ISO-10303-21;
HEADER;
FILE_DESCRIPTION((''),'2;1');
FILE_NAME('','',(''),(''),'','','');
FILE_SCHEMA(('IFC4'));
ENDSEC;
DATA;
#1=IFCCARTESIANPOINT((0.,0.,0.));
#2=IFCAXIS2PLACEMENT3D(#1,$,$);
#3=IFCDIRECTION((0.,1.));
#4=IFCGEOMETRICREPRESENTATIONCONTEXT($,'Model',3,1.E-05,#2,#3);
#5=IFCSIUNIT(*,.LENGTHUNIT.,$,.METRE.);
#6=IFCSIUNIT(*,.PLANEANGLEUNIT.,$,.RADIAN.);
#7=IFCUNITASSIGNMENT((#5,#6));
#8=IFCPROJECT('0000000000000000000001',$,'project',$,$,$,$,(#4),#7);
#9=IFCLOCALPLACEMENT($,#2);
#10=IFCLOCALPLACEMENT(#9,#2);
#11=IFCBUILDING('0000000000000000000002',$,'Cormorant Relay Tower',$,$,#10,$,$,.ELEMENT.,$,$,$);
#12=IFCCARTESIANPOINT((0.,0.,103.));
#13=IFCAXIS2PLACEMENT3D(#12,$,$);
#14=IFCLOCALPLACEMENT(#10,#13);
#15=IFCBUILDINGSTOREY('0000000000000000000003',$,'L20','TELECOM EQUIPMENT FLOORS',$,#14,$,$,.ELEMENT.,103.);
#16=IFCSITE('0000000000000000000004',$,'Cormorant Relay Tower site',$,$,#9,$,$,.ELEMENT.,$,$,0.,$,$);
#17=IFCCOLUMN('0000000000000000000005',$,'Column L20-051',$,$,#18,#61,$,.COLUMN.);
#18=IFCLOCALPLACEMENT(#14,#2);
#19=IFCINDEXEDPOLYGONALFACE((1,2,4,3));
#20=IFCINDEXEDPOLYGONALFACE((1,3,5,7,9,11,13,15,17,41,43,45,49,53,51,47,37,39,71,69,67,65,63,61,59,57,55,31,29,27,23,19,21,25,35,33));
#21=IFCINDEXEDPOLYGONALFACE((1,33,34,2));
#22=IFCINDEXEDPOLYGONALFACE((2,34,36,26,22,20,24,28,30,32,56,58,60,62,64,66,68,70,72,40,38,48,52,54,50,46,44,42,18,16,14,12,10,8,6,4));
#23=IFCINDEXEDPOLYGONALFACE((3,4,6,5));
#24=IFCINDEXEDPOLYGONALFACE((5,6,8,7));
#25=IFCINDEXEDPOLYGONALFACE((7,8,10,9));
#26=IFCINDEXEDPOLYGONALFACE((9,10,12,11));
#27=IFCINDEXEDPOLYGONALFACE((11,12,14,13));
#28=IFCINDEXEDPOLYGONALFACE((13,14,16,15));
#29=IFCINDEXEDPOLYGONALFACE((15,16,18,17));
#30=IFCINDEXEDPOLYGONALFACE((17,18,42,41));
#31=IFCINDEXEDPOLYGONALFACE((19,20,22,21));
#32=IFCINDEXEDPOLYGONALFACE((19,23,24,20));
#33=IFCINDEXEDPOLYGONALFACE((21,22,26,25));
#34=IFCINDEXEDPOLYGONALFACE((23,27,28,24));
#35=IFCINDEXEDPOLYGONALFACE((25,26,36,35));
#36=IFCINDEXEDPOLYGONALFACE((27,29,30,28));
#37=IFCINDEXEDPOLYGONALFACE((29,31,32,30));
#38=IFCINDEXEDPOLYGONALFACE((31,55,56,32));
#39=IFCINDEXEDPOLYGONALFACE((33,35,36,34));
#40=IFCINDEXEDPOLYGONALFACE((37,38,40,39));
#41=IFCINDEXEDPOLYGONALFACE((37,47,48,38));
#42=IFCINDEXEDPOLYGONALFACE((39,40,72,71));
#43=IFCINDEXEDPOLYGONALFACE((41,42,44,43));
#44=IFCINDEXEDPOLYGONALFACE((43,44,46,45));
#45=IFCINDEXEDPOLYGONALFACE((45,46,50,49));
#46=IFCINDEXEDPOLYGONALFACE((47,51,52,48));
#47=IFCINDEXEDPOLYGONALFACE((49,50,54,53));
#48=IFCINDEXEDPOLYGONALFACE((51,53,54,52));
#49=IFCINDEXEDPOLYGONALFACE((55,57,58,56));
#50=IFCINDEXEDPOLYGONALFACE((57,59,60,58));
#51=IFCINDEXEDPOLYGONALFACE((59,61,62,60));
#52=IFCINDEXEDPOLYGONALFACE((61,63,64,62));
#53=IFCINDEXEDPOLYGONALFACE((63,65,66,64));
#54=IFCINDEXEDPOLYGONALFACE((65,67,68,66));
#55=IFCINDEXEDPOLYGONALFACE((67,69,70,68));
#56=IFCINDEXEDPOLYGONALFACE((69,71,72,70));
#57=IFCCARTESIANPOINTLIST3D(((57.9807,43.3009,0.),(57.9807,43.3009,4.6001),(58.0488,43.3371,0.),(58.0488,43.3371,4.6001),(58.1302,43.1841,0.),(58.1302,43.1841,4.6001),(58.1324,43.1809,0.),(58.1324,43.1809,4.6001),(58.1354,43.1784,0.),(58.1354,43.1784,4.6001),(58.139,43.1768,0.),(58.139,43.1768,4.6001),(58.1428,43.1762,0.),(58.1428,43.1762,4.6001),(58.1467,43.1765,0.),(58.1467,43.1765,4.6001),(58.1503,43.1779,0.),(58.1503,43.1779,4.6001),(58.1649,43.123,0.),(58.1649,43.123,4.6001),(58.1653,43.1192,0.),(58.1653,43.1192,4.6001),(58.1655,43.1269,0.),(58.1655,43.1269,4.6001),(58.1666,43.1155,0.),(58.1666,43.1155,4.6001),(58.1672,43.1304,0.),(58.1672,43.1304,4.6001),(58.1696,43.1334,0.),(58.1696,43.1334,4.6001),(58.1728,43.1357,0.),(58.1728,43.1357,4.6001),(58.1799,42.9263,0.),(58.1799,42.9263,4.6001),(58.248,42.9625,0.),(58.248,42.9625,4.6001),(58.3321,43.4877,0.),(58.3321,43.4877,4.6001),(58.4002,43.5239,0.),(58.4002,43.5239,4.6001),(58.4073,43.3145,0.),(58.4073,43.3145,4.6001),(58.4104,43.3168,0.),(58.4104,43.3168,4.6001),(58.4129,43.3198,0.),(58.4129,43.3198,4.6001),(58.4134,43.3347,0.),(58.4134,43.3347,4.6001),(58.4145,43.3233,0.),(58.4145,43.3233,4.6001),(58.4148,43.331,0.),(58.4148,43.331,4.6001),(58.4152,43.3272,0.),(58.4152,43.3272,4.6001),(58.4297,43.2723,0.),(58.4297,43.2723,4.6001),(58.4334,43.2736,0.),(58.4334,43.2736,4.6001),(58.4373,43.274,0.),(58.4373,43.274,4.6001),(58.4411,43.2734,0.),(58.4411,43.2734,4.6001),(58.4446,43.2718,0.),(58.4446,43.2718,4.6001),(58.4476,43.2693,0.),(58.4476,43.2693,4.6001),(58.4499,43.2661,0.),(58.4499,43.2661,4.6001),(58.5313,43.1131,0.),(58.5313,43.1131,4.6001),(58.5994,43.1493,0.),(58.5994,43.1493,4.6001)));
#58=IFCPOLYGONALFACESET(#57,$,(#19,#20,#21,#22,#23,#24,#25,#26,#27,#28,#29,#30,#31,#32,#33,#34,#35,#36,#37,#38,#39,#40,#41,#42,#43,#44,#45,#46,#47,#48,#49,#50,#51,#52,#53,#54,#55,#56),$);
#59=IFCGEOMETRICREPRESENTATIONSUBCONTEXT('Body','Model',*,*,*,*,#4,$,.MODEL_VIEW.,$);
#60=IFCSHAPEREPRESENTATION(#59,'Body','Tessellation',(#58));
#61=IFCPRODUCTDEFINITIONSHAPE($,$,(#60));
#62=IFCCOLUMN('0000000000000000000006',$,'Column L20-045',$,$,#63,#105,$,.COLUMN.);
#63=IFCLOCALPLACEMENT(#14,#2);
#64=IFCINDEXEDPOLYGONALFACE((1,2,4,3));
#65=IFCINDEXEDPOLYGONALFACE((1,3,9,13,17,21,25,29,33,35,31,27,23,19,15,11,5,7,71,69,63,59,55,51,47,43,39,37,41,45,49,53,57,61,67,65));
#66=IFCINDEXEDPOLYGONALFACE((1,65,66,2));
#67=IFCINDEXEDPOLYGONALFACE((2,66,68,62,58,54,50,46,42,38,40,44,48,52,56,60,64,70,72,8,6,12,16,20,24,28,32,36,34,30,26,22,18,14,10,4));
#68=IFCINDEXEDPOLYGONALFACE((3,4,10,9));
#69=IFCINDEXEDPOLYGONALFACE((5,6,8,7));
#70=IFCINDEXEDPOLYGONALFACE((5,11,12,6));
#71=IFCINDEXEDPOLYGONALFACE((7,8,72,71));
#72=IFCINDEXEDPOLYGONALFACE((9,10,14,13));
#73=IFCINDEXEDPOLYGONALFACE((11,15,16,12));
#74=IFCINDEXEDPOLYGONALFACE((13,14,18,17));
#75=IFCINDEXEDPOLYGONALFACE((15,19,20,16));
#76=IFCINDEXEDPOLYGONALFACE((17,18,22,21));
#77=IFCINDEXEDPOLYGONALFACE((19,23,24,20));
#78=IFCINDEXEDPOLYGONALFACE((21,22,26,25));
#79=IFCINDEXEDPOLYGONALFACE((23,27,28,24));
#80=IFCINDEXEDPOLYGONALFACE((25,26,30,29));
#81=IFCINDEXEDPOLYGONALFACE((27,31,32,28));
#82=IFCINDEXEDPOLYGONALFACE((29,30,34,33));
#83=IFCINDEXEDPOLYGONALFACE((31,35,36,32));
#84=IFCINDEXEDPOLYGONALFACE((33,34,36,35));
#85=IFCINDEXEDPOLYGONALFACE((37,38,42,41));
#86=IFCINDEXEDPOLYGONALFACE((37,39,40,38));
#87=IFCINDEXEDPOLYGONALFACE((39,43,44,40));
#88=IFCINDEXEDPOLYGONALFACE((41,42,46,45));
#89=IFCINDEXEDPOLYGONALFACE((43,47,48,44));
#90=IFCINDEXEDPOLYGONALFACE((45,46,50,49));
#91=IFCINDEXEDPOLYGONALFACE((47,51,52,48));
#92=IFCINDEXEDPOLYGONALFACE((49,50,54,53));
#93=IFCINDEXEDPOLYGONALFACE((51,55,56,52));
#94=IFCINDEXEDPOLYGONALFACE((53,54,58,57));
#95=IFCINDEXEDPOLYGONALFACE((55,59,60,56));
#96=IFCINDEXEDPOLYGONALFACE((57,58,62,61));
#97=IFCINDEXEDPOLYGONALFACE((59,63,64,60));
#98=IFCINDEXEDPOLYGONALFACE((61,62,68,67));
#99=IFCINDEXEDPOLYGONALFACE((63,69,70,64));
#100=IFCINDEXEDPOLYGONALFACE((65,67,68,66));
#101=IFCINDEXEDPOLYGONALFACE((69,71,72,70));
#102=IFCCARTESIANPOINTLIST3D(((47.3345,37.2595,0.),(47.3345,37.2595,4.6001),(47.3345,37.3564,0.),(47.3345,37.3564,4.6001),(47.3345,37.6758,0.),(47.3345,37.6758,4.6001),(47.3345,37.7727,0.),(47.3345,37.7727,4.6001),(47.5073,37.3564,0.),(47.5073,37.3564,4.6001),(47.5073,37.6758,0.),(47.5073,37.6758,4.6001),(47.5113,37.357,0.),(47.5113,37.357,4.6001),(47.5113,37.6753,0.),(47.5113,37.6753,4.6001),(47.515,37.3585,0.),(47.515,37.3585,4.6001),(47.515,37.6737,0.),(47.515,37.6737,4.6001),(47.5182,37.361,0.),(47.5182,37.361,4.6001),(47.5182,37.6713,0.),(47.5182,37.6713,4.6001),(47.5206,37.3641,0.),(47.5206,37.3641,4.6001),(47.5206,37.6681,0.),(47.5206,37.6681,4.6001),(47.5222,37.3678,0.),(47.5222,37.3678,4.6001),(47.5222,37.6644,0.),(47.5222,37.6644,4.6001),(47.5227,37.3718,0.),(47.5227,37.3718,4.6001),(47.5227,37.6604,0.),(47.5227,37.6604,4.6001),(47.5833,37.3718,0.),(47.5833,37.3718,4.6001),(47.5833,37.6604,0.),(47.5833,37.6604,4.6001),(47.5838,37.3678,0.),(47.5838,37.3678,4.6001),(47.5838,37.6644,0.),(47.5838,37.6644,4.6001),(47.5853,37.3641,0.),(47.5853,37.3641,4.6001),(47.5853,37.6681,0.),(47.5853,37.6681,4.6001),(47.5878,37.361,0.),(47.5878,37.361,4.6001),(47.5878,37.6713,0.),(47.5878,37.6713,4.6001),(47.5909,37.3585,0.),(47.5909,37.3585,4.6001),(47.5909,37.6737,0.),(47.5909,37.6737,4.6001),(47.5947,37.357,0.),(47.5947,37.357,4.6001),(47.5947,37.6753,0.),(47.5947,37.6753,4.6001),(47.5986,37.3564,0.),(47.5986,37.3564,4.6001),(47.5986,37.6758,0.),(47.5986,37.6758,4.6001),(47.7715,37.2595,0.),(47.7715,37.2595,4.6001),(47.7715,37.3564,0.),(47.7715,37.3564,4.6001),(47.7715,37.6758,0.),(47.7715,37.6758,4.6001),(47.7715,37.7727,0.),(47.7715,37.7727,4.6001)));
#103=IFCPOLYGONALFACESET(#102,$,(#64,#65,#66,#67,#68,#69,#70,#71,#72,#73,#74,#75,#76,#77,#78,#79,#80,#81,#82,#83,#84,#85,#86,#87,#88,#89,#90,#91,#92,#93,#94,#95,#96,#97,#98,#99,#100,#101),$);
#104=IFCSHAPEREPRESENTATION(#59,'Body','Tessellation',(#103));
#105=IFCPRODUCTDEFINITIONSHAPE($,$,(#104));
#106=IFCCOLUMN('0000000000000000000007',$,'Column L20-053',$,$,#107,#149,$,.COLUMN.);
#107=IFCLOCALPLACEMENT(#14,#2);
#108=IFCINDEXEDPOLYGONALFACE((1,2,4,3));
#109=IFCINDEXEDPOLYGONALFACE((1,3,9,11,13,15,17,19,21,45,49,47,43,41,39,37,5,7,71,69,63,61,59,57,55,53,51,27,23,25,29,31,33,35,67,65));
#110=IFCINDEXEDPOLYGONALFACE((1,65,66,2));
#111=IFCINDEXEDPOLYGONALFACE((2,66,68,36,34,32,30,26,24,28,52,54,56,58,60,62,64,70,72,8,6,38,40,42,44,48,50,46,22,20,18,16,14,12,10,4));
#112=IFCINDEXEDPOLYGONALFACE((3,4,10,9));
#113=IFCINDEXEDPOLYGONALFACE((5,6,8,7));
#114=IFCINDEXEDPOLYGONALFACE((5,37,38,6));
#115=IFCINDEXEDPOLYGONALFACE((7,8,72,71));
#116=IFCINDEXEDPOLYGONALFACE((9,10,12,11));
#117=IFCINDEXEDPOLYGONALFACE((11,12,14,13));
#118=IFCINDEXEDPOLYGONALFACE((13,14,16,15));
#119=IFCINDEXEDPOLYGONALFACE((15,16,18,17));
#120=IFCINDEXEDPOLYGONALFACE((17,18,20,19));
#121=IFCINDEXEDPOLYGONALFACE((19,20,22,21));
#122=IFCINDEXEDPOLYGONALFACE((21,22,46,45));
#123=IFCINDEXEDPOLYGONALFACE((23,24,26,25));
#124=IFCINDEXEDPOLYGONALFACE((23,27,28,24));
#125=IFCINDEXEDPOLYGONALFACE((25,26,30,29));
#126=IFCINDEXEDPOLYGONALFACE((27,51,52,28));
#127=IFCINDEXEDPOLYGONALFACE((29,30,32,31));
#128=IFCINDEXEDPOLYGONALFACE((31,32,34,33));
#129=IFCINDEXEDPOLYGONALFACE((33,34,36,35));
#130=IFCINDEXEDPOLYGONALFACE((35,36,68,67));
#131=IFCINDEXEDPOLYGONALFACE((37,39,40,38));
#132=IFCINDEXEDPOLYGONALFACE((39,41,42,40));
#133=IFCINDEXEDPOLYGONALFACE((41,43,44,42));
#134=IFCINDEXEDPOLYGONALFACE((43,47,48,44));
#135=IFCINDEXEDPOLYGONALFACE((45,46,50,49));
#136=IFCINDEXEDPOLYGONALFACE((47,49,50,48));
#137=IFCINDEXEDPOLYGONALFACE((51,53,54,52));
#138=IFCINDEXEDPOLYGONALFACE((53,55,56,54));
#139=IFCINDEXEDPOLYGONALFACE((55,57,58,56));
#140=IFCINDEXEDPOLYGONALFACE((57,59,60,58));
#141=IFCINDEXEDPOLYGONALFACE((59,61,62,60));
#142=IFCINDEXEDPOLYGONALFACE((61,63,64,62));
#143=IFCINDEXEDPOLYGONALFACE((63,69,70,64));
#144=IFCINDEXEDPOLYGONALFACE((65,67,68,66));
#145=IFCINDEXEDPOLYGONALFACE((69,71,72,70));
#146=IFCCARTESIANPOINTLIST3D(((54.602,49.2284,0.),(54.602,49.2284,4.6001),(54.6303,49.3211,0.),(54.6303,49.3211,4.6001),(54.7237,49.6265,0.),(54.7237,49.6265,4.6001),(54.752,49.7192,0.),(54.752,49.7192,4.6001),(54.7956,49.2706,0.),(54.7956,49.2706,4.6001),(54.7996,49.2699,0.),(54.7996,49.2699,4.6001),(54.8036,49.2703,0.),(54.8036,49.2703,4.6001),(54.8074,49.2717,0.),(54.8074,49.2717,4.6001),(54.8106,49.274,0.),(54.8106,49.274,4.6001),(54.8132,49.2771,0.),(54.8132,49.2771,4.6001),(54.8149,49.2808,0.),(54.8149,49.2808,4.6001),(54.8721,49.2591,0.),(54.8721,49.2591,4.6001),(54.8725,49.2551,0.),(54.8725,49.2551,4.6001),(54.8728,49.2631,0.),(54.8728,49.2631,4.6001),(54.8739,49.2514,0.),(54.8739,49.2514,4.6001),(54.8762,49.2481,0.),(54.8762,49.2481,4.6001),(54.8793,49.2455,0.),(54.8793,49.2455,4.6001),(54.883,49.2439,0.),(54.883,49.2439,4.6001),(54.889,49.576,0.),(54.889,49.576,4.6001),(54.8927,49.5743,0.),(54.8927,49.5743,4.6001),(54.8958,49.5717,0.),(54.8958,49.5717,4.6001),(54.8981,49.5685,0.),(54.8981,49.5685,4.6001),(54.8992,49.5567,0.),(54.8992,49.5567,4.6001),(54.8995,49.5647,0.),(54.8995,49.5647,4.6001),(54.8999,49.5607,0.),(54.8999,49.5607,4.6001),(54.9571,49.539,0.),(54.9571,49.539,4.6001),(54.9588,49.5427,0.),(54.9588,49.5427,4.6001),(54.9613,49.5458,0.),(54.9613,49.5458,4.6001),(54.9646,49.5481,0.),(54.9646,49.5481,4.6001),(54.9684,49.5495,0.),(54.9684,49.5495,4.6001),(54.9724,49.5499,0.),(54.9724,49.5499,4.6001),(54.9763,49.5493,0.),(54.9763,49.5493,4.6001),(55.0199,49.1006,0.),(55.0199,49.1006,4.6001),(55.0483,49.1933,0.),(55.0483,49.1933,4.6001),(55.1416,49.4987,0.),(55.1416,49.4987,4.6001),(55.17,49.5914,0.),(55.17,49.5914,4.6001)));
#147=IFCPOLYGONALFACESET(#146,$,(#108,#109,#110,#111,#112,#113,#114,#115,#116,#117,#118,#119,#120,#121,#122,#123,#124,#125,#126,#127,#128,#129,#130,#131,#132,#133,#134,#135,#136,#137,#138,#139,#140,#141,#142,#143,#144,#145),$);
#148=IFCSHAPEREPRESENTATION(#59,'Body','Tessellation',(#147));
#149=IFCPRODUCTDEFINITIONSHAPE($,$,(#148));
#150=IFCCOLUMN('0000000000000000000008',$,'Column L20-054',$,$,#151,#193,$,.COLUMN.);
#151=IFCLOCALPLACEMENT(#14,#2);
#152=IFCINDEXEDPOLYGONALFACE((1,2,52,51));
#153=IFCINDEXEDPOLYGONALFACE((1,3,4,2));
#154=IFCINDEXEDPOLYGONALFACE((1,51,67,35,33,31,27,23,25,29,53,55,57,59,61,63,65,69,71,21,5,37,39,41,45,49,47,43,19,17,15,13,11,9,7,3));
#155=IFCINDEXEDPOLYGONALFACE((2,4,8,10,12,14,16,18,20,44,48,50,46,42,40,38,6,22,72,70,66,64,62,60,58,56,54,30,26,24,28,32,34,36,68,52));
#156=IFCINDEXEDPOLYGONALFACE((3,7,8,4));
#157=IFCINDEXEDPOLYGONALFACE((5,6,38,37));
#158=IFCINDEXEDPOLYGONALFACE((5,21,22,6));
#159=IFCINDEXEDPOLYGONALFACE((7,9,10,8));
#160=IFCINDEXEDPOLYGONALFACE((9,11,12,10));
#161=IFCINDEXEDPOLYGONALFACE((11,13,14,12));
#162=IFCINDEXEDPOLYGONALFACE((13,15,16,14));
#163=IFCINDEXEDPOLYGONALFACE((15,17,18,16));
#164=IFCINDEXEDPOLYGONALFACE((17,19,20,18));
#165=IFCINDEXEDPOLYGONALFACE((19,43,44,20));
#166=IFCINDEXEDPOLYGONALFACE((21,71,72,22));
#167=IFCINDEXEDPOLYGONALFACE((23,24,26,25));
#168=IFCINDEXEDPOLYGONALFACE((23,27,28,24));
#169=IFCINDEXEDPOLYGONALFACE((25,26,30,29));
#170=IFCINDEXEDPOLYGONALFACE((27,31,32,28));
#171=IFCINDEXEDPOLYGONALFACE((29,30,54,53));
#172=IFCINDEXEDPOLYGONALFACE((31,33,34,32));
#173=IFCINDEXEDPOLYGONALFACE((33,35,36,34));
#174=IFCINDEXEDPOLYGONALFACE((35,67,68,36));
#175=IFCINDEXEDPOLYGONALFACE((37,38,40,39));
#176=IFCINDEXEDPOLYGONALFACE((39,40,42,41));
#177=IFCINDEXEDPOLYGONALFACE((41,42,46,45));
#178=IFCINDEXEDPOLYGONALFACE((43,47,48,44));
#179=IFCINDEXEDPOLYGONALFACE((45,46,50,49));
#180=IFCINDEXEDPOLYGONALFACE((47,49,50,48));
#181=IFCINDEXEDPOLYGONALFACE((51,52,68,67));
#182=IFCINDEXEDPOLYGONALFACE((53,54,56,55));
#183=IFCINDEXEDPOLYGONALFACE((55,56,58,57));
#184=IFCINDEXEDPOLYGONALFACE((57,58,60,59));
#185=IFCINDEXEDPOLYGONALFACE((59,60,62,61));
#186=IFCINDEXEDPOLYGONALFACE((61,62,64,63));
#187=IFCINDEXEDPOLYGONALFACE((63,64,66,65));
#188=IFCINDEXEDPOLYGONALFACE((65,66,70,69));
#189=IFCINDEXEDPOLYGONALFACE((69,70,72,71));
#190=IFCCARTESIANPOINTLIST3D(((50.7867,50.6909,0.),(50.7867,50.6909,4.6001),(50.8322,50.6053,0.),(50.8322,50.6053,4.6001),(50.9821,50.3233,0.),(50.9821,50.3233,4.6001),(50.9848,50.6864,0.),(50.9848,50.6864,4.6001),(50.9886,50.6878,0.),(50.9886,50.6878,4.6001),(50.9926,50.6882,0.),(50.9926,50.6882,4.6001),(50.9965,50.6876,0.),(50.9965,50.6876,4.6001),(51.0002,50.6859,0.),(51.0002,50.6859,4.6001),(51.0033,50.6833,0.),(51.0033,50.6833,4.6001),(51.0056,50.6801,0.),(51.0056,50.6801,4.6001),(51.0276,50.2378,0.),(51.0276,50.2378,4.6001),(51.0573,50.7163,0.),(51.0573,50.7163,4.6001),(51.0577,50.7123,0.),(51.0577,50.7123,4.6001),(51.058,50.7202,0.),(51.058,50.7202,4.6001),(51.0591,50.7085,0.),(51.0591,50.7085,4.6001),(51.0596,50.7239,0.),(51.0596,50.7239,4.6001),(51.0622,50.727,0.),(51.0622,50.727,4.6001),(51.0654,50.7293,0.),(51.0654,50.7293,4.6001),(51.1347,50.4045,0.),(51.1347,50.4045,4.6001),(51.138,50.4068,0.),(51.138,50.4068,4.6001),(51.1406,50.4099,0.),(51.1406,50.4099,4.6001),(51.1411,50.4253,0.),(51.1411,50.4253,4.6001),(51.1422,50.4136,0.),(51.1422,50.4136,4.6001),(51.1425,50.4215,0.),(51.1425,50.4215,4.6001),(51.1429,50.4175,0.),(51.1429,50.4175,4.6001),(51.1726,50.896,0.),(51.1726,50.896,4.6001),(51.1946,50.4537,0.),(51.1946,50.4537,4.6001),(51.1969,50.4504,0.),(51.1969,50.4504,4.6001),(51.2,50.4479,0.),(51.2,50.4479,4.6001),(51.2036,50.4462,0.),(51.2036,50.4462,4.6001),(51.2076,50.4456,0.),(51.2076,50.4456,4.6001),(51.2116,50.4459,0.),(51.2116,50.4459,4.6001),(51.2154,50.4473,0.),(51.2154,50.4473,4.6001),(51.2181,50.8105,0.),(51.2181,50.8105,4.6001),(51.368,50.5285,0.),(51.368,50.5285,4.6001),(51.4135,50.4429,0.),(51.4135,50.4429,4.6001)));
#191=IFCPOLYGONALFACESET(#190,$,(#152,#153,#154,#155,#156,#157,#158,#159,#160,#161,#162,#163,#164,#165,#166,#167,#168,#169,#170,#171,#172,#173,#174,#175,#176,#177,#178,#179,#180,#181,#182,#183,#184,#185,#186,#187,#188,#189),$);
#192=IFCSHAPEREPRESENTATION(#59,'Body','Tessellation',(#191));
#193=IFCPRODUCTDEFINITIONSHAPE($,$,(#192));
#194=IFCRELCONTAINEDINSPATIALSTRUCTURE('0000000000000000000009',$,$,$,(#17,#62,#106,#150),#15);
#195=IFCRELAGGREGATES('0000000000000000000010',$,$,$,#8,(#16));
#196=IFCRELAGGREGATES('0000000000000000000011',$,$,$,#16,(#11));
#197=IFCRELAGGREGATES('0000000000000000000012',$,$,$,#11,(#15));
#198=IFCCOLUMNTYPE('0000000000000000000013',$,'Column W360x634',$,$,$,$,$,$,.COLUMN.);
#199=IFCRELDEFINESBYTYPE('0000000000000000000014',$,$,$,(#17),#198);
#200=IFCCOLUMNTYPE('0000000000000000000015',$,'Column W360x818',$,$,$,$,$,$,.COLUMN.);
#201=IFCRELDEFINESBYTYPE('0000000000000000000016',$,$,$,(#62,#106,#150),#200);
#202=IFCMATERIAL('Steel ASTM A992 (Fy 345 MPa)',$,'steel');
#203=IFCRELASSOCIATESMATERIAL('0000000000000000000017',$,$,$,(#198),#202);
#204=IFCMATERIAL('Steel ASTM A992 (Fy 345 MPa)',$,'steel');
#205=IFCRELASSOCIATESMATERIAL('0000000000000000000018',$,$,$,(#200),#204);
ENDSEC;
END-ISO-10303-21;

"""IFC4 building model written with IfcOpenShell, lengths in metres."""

from ifc_helpers import new_model, si_unit, direction, frame, origin, origin_2d, place, context, subcontext, project, spatial, i_section, extrude, material, material_profile, profile_set, type_object, element, save


model = new_model("IFC4")

# Units and contexts
model_context = context("Model", 3, precision=1e-05, world=origin(), true_north=direction((0.0, 1.0)))
body_context = subcontext(model_context, "Body", "Model", "MODEL_VIEW")
ifc_project = project(units=[si_unit("LENGTHUNIT", "METRE"), si_unit("PLANEANGLEUNIT", "RADIAN")], contexts=[model_context])

# Site, building, storey
site_placement = place(None, origin())
site = spatial("IfcSite", under=ifc_project, at=site_placement, Name="Cormorant Relay Tower site", CompositionType="ELEMENT", RefElevation=0.0)
building_placement = place(site_placement, origin())
building = spatial("IfcBuilding", under=site, at=building_placement, Name="Cormorant Relay Tower", CompositionType="ELEMENT")
storey_placement = place(building_placement, frame((0.0, 0.0, 103.0)))
storey = spatial("IfcBuildingStorey", under=building, at=storey_placement, Name="L20", Description="TELECOM EQUIPMENT FLOORS", CompositionType="ELEMENT", Elevation=103.0)

# Columns
ifc_material_1 = material(Name="Steel ASTM A992 (Fy 345 MPa)", Category="steel")
ifc_material_profile_1 = material_profile(ifc_material_1, i_section(OverallWidth=0.4243, OverallDepth=0.4751, WebThickness=0.0479, FlangeThickness=0.0771, FilletRadius=0.0149, at=origin_2d()), Name="W360x634")
ifc_profile_set_1 = profile_set([ifc_material_profile_1], Name="Steel ASTM A992 (Fy 345 MPa)")
column_type_1 = type_object("IfcColumnType", Name="Column W360x634", PredefinedType="COLUMN", material=ifc_profile_set_1)
column_placement = place(storey_placement, frame((58.29, 43.2251, 0.0), z_axis=(0.0, 0.0, 1.0), x_axis=(-0.469472, 0.882948, 0.0)))
element("IfcColumn", 1, at=column_placement, inside=storey, type_object=column_type_1, Name="Column L20-051", PredefinedType="COLUMN", context=body_context, shape_type="SweptSolid", body=[
    extrude(i_section(OverallWidth=0.4243, OverallDepth=0.4751, WebThickness=0.0479, FlangeThickness=0.0771, FilletRadius=0.0149, at=origin_2d()), origin(), (0.0, 0.0, 1.0), 4.6001),
])
ifc_material_2 = material(Name="Steel ASTM A992 (Fy 345 MPa)", Category="steel")
ifc_material_profile_2 = material_profile(ifc_material_2, i_section(OverallWidth=0.437, OverallDepth=0.5132, WebThickness=0.0605, FlangeThickness=0.0969, FilletRadius=0.0154, at=origin_2d()), Name="W360x818")
ifc_profile_set_2 = profile_set([ifc_material_profile_2], Name="Steel ASTM A992 (Fy 345 MPa)")
column_type_2 = type_object("IfcColumnType", Name="Column W360x818", PredefinedType="COLUMN", material=ifc_profile_set_2)
for number, where, z_axis, x_axis, name in (
    (2, (47.553, 37.5161, 0.0), (0.0, 0.0, 1.0), (1.0, 0.0, 0.0), "Column L20-045"),
    (3, (54.886, 49.4099, 0.0), (0.0, 0.0, 1.0), (-0.956305, 0.292372, 0.0), "Column L20-053"),
    (4, (51.1001, 50.5669, 0.0), (0.0, 0.0, 1.0), (-0.882948, -0.469472, 0.0), "Column L20-054"),
):
    element("IfcColumn", number, at=place(storey_placement, frame(where, z_axis=z_axis, x_axis=x_axis)), inside=storey, type_object=column_type_2, Name=name, PredefinedType="COLUMN", context=body_context, shape_type="SweptSolid", body=[
        extrude(i_section(OverallWidth=0.437, OverallDepth=0.5132, WebThickness=0.0605, FlangeThickness=0.0969, FilletRadius=0.0154, at=origin_2d()), origin(), (0.0, 0.0, 1.0), 4.6001),
    ])

save(model, "model.ifc")
